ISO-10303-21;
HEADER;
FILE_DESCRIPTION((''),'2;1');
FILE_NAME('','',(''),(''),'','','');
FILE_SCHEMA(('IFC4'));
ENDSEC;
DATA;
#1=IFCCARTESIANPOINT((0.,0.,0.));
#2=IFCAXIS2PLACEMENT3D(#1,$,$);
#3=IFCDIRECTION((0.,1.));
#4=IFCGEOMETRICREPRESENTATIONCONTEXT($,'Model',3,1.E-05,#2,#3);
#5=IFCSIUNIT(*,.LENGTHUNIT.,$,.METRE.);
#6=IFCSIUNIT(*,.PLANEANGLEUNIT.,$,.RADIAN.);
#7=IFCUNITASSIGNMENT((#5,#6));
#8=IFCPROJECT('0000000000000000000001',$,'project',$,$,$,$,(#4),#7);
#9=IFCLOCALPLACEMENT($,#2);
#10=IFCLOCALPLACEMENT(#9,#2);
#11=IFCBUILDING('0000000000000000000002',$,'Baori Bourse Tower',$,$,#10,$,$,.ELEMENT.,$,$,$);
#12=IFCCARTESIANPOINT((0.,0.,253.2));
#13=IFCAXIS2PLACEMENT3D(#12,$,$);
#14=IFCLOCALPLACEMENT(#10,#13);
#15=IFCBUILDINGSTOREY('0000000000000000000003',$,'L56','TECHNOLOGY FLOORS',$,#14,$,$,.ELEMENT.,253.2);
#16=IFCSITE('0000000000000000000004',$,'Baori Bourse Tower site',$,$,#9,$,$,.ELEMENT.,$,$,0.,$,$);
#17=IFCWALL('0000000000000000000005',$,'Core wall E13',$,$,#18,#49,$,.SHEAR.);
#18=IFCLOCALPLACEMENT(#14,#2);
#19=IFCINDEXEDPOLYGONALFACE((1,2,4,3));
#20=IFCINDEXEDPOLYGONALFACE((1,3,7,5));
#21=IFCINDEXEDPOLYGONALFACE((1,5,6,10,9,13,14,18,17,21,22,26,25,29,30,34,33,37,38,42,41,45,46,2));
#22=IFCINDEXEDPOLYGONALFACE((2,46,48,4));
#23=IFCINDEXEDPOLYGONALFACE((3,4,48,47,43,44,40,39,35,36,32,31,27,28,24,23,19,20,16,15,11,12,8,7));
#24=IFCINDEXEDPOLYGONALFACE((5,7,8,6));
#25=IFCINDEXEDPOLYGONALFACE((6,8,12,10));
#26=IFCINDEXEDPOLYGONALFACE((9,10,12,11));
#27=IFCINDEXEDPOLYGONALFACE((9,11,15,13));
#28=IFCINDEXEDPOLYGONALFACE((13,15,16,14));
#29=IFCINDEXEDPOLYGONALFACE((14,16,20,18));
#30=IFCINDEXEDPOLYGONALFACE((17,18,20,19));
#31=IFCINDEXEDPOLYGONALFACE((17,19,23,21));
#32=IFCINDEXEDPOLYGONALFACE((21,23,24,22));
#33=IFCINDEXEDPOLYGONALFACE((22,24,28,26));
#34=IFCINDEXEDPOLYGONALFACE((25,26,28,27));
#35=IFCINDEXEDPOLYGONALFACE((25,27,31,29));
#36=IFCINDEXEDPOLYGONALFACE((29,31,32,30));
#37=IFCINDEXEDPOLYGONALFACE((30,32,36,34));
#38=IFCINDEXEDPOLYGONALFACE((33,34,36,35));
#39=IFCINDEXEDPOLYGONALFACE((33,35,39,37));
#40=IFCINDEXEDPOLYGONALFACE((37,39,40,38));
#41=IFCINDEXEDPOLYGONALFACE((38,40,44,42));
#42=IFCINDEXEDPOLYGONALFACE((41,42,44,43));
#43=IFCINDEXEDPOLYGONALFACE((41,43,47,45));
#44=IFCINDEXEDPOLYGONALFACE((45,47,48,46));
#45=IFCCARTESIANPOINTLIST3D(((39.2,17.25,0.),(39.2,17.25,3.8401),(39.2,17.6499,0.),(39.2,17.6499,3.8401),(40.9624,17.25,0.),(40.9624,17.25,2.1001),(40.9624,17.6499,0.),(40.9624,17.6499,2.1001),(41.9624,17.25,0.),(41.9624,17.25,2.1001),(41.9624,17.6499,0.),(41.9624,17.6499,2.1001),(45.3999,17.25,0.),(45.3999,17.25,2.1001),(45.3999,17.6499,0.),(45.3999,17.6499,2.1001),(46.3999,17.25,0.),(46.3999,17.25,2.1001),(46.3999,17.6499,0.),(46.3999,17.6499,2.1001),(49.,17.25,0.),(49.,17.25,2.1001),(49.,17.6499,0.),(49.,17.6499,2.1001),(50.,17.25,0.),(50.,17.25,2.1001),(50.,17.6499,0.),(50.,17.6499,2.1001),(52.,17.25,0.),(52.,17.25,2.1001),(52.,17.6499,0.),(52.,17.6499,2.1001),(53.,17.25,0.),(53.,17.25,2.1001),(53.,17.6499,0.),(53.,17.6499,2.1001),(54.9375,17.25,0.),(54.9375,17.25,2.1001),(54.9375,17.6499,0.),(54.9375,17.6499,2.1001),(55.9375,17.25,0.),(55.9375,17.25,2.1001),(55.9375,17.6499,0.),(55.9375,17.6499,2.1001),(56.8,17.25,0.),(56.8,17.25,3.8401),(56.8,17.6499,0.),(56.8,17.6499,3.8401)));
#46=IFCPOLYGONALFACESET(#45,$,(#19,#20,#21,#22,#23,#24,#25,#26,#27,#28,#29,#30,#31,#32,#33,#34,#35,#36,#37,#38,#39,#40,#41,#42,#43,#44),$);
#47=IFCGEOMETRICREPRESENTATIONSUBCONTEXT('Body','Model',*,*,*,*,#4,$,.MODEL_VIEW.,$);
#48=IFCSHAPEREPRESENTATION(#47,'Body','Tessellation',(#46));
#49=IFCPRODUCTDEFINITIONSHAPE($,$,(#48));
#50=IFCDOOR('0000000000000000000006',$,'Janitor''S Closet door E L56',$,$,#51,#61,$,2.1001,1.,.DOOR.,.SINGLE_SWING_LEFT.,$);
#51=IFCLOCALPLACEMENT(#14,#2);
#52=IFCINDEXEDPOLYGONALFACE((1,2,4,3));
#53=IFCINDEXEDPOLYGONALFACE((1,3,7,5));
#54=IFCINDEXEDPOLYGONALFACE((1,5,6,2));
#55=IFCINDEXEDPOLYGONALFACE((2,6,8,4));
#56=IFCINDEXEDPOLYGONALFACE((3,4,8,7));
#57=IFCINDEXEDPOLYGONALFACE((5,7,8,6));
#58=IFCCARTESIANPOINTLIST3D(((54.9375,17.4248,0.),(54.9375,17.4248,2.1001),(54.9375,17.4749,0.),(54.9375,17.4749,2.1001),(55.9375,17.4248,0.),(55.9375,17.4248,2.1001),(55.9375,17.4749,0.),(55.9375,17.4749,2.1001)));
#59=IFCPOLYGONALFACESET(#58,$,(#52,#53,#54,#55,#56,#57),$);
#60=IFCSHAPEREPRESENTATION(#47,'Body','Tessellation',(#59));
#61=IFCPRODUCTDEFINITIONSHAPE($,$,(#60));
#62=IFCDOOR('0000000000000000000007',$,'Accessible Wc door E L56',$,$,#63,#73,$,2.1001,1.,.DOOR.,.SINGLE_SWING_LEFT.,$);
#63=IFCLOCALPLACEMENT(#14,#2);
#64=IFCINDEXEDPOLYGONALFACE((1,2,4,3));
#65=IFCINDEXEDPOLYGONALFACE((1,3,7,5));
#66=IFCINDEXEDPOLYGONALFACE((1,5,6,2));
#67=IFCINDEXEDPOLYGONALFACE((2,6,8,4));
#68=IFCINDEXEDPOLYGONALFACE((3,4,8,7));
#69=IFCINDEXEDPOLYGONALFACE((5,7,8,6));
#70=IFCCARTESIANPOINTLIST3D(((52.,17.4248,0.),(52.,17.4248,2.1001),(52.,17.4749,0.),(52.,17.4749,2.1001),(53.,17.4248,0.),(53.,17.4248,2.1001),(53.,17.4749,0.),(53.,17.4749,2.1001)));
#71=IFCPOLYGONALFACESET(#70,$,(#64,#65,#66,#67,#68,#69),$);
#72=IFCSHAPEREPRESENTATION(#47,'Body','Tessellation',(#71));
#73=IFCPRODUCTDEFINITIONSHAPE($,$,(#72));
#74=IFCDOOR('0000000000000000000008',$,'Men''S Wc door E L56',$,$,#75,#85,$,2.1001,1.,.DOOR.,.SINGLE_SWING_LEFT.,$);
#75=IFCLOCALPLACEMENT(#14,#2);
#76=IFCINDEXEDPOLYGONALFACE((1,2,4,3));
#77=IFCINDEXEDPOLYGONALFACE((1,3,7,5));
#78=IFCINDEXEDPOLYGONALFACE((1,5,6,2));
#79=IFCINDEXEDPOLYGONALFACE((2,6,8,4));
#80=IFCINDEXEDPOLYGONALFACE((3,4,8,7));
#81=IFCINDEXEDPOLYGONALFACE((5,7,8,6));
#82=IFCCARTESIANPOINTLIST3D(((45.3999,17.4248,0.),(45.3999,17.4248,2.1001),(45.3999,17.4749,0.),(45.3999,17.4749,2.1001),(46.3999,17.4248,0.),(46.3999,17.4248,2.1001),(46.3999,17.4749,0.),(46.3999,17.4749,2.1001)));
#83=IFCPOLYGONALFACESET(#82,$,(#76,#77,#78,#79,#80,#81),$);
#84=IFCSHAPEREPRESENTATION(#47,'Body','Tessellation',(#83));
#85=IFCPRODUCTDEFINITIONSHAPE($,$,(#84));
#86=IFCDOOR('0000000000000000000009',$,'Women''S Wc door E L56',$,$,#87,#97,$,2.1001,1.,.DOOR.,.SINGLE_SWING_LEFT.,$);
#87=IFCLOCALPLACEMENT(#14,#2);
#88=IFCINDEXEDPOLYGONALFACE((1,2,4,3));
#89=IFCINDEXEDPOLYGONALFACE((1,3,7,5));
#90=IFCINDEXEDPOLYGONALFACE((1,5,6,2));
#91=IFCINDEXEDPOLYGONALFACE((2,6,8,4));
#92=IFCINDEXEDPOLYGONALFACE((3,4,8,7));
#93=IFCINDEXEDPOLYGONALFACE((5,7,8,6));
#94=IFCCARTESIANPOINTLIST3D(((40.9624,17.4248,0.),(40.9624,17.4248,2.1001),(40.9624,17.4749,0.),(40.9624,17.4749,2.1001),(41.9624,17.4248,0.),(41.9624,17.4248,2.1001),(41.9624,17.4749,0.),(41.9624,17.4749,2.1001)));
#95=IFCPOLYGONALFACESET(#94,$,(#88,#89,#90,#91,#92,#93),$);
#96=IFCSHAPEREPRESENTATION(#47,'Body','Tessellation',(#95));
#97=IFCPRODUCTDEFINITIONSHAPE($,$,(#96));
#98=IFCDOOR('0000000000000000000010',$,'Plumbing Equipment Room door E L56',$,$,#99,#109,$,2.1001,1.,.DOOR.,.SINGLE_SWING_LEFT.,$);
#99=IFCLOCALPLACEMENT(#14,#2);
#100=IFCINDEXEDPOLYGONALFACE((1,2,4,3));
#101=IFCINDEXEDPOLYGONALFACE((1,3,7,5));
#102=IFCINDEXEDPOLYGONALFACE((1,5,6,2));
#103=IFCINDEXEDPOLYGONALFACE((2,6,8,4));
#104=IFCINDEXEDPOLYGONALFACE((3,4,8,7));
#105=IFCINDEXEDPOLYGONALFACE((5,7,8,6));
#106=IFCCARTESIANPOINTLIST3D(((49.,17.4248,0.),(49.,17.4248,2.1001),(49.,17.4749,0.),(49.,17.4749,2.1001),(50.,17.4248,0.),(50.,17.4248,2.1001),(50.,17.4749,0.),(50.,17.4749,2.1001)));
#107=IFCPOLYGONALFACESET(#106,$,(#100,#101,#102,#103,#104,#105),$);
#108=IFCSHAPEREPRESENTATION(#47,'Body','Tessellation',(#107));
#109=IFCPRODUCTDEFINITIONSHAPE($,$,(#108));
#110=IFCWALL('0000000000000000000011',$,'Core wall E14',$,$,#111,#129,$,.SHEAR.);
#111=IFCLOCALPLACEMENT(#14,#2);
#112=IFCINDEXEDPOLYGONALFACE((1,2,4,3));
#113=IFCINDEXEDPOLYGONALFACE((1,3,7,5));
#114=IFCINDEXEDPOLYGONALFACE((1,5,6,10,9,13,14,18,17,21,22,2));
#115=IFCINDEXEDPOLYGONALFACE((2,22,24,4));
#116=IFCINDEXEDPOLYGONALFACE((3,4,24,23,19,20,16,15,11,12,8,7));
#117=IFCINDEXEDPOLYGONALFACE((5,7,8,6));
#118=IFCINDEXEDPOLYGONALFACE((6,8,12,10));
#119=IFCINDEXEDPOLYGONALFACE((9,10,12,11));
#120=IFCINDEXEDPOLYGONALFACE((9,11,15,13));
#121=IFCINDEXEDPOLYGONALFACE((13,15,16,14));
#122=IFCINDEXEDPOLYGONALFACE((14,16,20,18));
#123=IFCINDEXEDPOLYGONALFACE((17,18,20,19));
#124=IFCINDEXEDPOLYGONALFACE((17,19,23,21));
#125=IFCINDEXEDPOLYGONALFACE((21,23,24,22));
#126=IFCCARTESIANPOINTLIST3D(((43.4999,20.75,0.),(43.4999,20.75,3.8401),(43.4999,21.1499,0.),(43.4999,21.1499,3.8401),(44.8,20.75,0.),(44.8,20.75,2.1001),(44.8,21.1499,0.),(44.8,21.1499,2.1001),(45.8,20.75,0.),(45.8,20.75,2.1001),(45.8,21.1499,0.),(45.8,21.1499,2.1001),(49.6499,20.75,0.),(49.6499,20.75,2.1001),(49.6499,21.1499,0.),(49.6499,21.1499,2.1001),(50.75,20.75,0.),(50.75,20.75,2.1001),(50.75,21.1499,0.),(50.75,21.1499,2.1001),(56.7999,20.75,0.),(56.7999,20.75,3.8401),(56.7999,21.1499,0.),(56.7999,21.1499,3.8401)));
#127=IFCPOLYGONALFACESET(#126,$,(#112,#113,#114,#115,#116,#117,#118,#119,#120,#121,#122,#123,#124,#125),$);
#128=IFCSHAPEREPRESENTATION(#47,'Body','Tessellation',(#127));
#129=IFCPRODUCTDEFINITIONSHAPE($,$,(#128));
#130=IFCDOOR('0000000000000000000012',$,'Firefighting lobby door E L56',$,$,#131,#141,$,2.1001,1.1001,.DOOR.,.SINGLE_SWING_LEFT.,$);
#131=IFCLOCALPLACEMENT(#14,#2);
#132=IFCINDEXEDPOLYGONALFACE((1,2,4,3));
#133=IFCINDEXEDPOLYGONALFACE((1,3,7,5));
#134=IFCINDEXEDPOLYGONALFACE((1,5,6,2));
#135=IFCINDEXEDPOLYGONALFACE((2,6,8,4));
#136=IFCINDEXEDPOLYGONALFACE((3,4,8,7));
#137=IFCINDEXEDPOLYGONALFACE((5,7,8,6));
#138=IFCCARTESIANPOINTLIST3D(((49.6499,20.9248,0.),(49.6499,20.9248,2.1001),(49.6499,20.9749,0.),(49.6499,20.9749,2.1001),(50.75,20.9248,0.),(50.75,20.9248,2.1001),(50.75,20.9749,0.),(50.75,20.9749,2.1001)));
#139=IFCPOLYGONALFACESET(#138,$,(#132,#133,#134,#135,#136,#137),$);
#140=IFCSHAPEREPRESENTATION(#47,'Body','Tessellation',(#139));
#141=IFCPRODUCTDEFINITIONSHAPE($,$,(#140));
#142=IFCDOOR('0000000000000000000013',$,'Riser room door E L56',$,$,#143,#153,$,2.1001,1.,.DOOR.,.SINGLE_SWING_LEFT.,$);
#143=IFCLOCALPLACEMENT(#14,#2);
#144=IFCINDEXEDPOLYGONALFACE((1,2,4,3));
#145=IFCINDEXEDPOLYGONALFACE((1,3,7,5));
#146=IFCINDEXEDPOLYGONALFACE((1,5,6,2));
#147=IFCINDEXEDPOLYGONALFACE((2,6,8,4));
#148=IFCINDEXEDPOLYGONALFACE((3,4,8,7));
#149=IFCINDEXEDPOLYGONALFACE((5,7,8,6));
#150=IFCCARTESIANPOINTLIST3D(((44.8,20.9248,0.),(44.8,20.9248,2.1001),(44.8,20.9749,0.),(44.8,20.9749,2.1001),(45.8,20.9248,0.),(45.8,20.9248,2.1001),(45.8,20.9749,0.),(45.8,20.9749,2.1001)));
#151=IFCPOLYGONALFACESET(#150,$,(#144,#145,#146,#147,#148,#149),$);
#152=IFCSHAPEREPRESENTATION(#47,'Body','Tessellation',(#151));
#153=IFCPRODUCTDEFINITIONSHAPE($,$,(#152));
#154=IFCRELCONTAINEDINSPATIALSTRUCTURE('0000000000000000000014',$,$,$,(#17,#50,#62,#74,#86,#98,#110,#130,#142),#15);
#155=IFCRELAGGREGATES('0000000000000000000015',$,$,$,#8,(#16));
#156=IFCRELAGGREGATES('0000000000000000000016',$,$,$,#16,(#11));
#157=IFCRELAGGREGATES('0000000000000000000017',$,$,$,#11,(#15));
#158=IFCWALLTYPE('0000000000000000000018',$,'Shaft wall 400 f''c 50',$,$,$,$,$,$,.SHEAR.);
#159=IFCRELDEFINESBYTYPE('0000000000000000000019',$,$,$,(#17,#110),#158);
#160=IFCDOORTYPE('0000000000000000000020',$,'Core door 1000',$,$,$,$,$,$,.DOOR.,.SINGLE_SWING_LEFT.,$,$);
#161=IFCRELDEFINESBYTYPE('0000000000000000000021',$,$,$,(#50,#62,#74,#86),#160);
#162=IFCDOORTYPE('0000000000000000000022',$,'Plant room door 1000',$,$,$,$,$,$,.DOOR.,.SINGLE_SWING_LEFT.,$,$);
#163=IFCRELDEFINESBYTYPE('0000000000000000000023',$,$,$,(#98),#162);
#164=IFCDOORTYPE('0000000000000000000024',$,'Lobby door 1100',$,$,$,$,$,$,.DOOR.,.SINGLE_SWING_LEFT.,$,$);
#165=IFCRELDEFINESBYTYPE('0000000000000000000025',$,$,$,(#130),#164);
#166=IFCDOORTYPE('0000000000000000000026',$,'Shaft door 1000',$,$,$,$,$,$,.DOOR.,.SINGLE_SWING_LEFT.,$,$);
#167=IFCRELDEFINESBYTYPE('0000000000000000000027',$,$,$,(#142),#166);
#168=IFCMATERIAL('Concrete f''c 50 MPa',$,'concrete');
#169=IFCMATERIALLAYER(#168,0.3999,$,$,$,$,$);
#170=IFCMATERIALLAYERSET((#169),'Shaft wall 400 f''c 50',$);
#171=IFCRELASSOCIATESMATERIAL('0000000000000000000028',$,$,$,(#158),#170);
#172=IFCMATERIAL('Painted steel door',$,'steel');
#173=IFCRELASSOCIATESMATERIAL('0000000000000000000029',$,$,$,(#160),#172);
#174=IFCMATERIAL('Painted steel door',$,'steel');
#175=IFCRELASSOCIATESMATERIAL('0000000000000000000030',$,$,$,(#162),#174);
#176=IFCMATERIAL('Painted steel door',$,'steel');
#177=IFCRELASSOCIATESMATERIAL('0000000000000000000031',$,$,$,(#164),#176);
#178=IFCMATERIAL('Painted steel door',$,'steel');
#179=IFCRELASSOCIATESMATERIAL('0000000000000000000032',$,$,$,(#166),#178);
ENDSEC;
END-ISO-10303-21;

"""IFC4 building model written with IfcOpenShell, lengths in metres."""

from ifc_helpers import new_model, si_unit, direction, frame, frame_2d, origin, place, context, subcontext, project, spatial, rectangle, extrude, material, layer, layer_set, type_object, element, fill, save


model = new_model("IFC4")

# Units and contexts
model_context = context("Model", 3, precision=1e-05, world=origin(), true_north=direction((0.0, 1.0)))
body_context = subcontext(model_context, "Body", "Model", "MODEL_VIEW")
ifc_project = project(units=[si_unit("LENGTHUNIT", "METRE"), si_unit("PLANEANGLEUNIT", "RADIAN")], contexts=[model_context])

# Site, building, storey
site_placement = place(None, origin())
site = spatial("IfcSite", under=ifc_project, at=site_placement, Name="Baori Bourse Tower site", CompositionType="ELEMENT", RefElevation=0.0)
building_placement = place(site_placement, origin())
building = spatial("IfcBuilding", under=site, at=building_placement, Name="Baori Bourse Tower", CompositionType="ELEMENT")
storey_placement = place(building_placement, frame((0.0, 0.0, 253.2)))
storey = spatial("IfcBuildingStorey", under=building, at=storey_placement, Name="L56", Description="TECHNOLOGY FLOORS", CompositionType="ELEMENT", Elevation=253.2)

# Shared definitions
ifc_material_1 = material(Name="Concrete f'c 50 MPa", Category="concrete")
ifc_layer_1 = layer(ifc_material_1, 0.3999)
ifc_layer_set_1 = layer_set([ifc_layer_1], Name="Shaft wall 400 f'c 50")
wall_type_1 = type_object("IfcWallType", Name="Shaft wall 400 f'c 50", PredefinedType="SHEAR", material=ifc_layer_set_1)

# Walls, openings, doors
wall_1_placement = place(storey_placement, frame((39.2, 17.45, 0.0), z_axis=(0.0, 0.0, 1.0), x_axis=(1.0, 0.0, 0.0)))
wall_1 = element("IfcWall", 1, at=wall_1_placement, inside=storey, type_object=wall_type_1, Name="Core wall E13", PredefinedType="SHEAR", context=body_context, shape_type="SweptSolid", body=[
    extrude(rectangle(XDim=17.6001, YDim=0.3999, at=frame_2d((8.8, 0.0))), origin(), (0.0, 0.0, 1.0), 3.8401),
])
opening_1_placement = place(wall_1_placement, frame((15.7375, 0.0, 0.0)))
opening_1 = element("IfcOpeningElement", 2, at=opening_1_placement, cuts=wall_1, PredefinedType="OPENING", context=body_context, shape_type="SweptSolid", body=[
    extrude(rectangle(XDim=1.0, YDim=2.1001, at=frame_2d((0.5, 1.05))), frame((0.0, 0.21, 0.0), z_axis=(0.0, -1.0, 0.0), x_axis=(1.0, 0.0, 0.0)), (0.0, 0.0, 1.0), 0.4199),
])
opening_2_placement = place(wall_1_placement, frame((12.8, 0.0, 0.0)))
opening_2 = element("IfcOpeningElement", 3, at=opening_2_placement, cuts=wall_1, PredefinedType="OPENING", context=body_context, shape_type="SweptSolid", body=[
    extrude(rectangle(XDim=1.0, YDim=2.1001, at=frame_2d((0.5, 1.05))), frame((0.0, 0.21, 0.0), z_axis=(0.0, -1.0, 0.0), x_axis=(1.0, 0.0, 0.0)), (0.0, 0.0, 1.0), 0.4199),
])
opening_3_placement = place(wall_1_placement, frame((9.8, 0.0, 0.0)))
opening_3 = element("IfcOpeningElement", 4, at=opening_3_placement, cuts=wall_1, PredefinedType="OPENING", context=body_context, shape_type="SweptSolid", body=[
    extrude(rectangle(XDim=1.0, YDim=2.1001, at=frame_2d((0.5, 1.05))), frame((0.0, 0.21, 0.0), z_axis=(0.0, -1.0, 0.0), x_axis=(1.0, 0.0, 0.0)), (0.0, 0.0, 1.0), 0.4199),
])
opening_4_placement = place(wall_1_placement, frame((6.2, 0.0, 0.0)))
opening_4 = element("IfcOpeningElement", 5, at=opening_4_placement, cuts=wall_1, PredefinedType="OPENING", context=body_context, shape_type="SweptSolid", body=[
    extrude(rectangle(XDim=1.0, YDim=2.1001, at=frame_2d((0.5, 1.05))), frame((0.0, 0.21, 0.0), z_axis=(0.0, -1.0, 0.0), x_axis=(1.0, 0.0, 0.0)), (0.0, 0.0, 1.0), 0.4199),
])
opening_5_placement = place(wall_1_placement, frame((1.7625, 0.0, 0.0)))
opening_5 = element("IfcOpeningElement", 6, at=opening_5_placement, cuts=wall_1, PredefinedType="OPENING", context=body_context, shape_type="SweptSolid", body=[
    extrude(rectangle(XDim=1.0, YDim=2.1001, at=frame_2d((0.5, 1.05))), frame((0.0, 0.21, 0.0), z_axis=(0.0, -1.0, 0.0), x_axis=(1.0, 0.0, 0.0)), (0.0, 0.0, 1.0), 0.4199),
])
ifc_material_2 = material(Name="Painted steel door", Category="steel")
door_type_1 = type_object("IfcDoorType", Name="Core door 1000", OperationType="SINGLE_SWING_LEFT", PredefinedType="DOOR", material=ifc_material_2)
door_1_placement = place(opening_1_placement, origin())
door_1 = element("IfcDoor", 7, at=door_1_placement, inside=storey, type_object=door_type_1, Name="Janitor'S Closet door E L56", OperationType="SINGLE_SWING_LEFT", OverallHeight=2.1001, OverallWidth=1.0, PredefinedType="DOOR", context=body_context, shape_type="SweptSolid", body=[
    extrude(rectangle(XDim=1.0, YDim=2.1001, at=frame_2d((0.5, 1.05))), frame((0.0, 0.0249, 0.0), z_axis=(0.0, -1.0, 0.0), x_axis=(1.0, 0.0, 0.0)), (0.0, 0.0, 1.0), 0.05),
])
fill(opening_1, door_1)
door_2_placement = place(opening_2_placement, origin())
door_2 = element("IfcDoor", 8, at=door_2_placement, inside=storey, type_object=door_type_1, Name="Accessible Wc door E L56", OperationType="SINGLE_SWING_LEFT", OverallHeight=2.1001, OverallWidth=1.0, PredefinedType="DOOR", context=body_context, shape_type="SweptSolid", body=[
    extrude(rectangle(XDim=1.0, YDim=2.1001, at=frame_2d((0.5, 1.05))), frame((0.0, 0.0249, 0.0), z_axis=(0.0, -1.0, 0.0), x_axis=(1.0, 0.0, 0.0)), (0.0, 0.0, 1.0), 0.05),
])
fill(opening_2, door_2)
door_3_placement = place(opening_4_placement, origin())
door_3 = element("IfcDoor", 9, at=door_3_placement, inside=storey, type_object=door_type_1, Name="Men'S Wc door E L56", OperationType="SINGLE_SWING_LEFT", OverallHeight=2.1001, OverallWidth=1.0, PredefinedType="DOOR", context=body_context, shape_type="SweptSolid", body=[
    extrude(rectangle(XDim=1.0, YDim=2.1001, at=frame_2d((0.5, 1.05))), frame((0.0, 0.0249, 0.0), z_axis=(0.0, -1.0, 0.0), x_axis=(1.0, 0.0, 0.0)), (0.0, 0.0, 1.0), 0.05),
])
fill(opening_4, door_3)
door_4_placement = place(opening_5_placement, origin())
door_4 = element("IfcDoor", 10, at=door_4_placement, inside=storey, type_object=door_type_1, Name="Women'S Wc door E L56", OperationType="SINGLE_SWING_LEFT", OverallHeight=2.1001, OverallWidth=1.0, PredefinedType="DOOR", context=body_context, shape_type="SweptSolid", body=[
    extrude(rectangle(XDim=1.0, YDim=2.1001, at=frame_2d((0.5, 1.05))), frame((0.0, 0.0249, 0.0), z_axis=(0.0, -1.0, 0.0), x_axis=(1.0, 0.0, 0.0)), (0.0, 0.0, 1.0), 0.05),
])
fill(opening_5, door_4)
ifc_material_3 = material(Name="Painted steel door", Category="steel")
door_type_2 = type_object("IfcDoorType", Name="Plant room door 1000", OperationType="SINGLE_SWING_LEFT", PredefinedType="DOOR", material=ifc_material_3)
door_5_placement = place(opening_3_placement, origin())
door_5 = element("IfcDoor", 11, at=door_5_placement, inside=storey, type_object=door_type_2, Name="Plumbing Equipment Room door E L56", OperationType="SINGLE_SWING_LEFT", OverallHeight=2.1001, OverallWidth=1.0, PredefinedType="DOOR", context=body_context, shape_type="SweptSolid", body=[
    extrude(rectangle(XDim=1.0, YDim=2.1001, at=frame_2d((0.5, 1.05))), frame((0.0, 0.0249, 0.0), z_axis=(0.0, -1.0, 0.0), x_axis=(1.0, 0.0, 0.0)), (0.0, 0.0, 1.0), 0.05),
])
fill(opening_3, door_5)
wall_2_placement = place(storey_placement, frame((43.5, 20.95, 0.0), z_axis=(0.0, 0.0, 1.0), x_axis=(1.0, 0.0, 0.0)))
wall_2 = element("IfcWall", 12, at=wall_2_placement, inside=storey, type_object=wall_type_1, Name="Core wall E14", PredefinedType="SHEAR", context=body_context, shape_type="SweptSolid", body=[
    extrude(rectangle(XDim=13.3, YDim=0.3999, at=frame_2d((6.6499, 0.0))), origin(), (0.0, 0.0, 1.0), 3.8401),
])
opening_6_placement = place(wall_2_placement, frame((6.1499, 0.0, 0.0)))
opening_6 = element("IfcOpeningElement", 13, at=opening_6_placement, cuts=wall_2, PredefinedType="OPENING", context=body_context, shape_type="SweptSolid", body=[
    extrude(rectangle(XDim=1.1001, YDim=2.1001, at=frame_2d((0.55, 1.05))), frame((0.0, 0.21, 0.0), z_axis=(0.0, -1.0, 0.0), x_axis=(1.0, 0.0, 0.0)), (0.0, 0.0, 1.0), 0.4199),
])
opening_7_placement = place(wall_2_placement, frame((1.3, 0.0, 0.0)))
opening_7 = element("IfcOpeningElement", 14, at=opening_7_placement, cuts=wall_2, PredefinedType="OPENING", context=body_context, shape_type="SweptSolid", body=[
    extrude(rectangle(XDim=1.0, YDim=2.1001, at=frame_2d((0.5, 1.05))), frame((0.0, 0.21, 0.0), z_axis=(0.0, -1.0, 0.0), x_axis=(1.0, 0.0, 0.0)), (0.0, 0.0, 1.0), 0.4199),
])
ifc_material_4 = material(Name="Painted steel door", Category="steel")
door_type_3 = type_object("IfcDoorType", Name="Lobby door 1100", OperationType="SINGLE_SWING_LEFT", PredefinedType="DOOR", material=ifc_material_4)
door_6_placement = place(opening_6_placement, origin())
door_6 = element("IfcDoor", 15, at=door_6_placement, inside=storey, type_object=door_type_3, Name="Firefighting lobby door E L56", OperationType="SINGLE_SWING_LEFT", OverallHeight=2.1001, OverallWidth=1.1001, PredefinedType="DOOR", context=body_context, shape_type="SweptSolid", body=[
    extrude(rectangle(XDim=1.1001, YDim=2.1001, at=frame_2d((0.55, 1.05))), frame((0.0, 0.0249, 0.0), z_axis=(0.0, -1.0, 0.0), x_axis=(1.0, 0.0, 0.0)), (0.0, 0.0, 1.0), 0.05),
])
fill(opening_6, door_6)
ifc_material_5 = material(Name="Painted steel door", Category="steel")
door_type_4 = type_object("IfcDoorType", Name="Shaft door 1000", OperationType="SINGLE_SWING_LEFT", PredefinedType="DOOR", material=ifc_material_5)
door_7_placement = place(opening_7_placement, origin())
door_7 = element("IfcDoor", 16, at=door_7_placement, inside=storey, type_object=door_type_4, Name="Riser room door E L56", OperationType="SINGLE_SWING_LEFT", OverallHeight=2.1001, OverallWidth=1.0, PredefinedType="DOOR", context=body_context, shape_type="SweptSolid", body=[
    extrude(rectangle(XDim=1.0, YDim=2.1001, at=frame_2d((0.5, 1.05))), frame((0.0, 0.0249, 0.0), z_axis=(0.0, -1.0, 0.0), x_axis=(1.0, 0.0, 0.0)), (0.0, 0.0, 1.0), 0.05),
])
fill(opening_7, door_7)

save(model, "model.ifc")
